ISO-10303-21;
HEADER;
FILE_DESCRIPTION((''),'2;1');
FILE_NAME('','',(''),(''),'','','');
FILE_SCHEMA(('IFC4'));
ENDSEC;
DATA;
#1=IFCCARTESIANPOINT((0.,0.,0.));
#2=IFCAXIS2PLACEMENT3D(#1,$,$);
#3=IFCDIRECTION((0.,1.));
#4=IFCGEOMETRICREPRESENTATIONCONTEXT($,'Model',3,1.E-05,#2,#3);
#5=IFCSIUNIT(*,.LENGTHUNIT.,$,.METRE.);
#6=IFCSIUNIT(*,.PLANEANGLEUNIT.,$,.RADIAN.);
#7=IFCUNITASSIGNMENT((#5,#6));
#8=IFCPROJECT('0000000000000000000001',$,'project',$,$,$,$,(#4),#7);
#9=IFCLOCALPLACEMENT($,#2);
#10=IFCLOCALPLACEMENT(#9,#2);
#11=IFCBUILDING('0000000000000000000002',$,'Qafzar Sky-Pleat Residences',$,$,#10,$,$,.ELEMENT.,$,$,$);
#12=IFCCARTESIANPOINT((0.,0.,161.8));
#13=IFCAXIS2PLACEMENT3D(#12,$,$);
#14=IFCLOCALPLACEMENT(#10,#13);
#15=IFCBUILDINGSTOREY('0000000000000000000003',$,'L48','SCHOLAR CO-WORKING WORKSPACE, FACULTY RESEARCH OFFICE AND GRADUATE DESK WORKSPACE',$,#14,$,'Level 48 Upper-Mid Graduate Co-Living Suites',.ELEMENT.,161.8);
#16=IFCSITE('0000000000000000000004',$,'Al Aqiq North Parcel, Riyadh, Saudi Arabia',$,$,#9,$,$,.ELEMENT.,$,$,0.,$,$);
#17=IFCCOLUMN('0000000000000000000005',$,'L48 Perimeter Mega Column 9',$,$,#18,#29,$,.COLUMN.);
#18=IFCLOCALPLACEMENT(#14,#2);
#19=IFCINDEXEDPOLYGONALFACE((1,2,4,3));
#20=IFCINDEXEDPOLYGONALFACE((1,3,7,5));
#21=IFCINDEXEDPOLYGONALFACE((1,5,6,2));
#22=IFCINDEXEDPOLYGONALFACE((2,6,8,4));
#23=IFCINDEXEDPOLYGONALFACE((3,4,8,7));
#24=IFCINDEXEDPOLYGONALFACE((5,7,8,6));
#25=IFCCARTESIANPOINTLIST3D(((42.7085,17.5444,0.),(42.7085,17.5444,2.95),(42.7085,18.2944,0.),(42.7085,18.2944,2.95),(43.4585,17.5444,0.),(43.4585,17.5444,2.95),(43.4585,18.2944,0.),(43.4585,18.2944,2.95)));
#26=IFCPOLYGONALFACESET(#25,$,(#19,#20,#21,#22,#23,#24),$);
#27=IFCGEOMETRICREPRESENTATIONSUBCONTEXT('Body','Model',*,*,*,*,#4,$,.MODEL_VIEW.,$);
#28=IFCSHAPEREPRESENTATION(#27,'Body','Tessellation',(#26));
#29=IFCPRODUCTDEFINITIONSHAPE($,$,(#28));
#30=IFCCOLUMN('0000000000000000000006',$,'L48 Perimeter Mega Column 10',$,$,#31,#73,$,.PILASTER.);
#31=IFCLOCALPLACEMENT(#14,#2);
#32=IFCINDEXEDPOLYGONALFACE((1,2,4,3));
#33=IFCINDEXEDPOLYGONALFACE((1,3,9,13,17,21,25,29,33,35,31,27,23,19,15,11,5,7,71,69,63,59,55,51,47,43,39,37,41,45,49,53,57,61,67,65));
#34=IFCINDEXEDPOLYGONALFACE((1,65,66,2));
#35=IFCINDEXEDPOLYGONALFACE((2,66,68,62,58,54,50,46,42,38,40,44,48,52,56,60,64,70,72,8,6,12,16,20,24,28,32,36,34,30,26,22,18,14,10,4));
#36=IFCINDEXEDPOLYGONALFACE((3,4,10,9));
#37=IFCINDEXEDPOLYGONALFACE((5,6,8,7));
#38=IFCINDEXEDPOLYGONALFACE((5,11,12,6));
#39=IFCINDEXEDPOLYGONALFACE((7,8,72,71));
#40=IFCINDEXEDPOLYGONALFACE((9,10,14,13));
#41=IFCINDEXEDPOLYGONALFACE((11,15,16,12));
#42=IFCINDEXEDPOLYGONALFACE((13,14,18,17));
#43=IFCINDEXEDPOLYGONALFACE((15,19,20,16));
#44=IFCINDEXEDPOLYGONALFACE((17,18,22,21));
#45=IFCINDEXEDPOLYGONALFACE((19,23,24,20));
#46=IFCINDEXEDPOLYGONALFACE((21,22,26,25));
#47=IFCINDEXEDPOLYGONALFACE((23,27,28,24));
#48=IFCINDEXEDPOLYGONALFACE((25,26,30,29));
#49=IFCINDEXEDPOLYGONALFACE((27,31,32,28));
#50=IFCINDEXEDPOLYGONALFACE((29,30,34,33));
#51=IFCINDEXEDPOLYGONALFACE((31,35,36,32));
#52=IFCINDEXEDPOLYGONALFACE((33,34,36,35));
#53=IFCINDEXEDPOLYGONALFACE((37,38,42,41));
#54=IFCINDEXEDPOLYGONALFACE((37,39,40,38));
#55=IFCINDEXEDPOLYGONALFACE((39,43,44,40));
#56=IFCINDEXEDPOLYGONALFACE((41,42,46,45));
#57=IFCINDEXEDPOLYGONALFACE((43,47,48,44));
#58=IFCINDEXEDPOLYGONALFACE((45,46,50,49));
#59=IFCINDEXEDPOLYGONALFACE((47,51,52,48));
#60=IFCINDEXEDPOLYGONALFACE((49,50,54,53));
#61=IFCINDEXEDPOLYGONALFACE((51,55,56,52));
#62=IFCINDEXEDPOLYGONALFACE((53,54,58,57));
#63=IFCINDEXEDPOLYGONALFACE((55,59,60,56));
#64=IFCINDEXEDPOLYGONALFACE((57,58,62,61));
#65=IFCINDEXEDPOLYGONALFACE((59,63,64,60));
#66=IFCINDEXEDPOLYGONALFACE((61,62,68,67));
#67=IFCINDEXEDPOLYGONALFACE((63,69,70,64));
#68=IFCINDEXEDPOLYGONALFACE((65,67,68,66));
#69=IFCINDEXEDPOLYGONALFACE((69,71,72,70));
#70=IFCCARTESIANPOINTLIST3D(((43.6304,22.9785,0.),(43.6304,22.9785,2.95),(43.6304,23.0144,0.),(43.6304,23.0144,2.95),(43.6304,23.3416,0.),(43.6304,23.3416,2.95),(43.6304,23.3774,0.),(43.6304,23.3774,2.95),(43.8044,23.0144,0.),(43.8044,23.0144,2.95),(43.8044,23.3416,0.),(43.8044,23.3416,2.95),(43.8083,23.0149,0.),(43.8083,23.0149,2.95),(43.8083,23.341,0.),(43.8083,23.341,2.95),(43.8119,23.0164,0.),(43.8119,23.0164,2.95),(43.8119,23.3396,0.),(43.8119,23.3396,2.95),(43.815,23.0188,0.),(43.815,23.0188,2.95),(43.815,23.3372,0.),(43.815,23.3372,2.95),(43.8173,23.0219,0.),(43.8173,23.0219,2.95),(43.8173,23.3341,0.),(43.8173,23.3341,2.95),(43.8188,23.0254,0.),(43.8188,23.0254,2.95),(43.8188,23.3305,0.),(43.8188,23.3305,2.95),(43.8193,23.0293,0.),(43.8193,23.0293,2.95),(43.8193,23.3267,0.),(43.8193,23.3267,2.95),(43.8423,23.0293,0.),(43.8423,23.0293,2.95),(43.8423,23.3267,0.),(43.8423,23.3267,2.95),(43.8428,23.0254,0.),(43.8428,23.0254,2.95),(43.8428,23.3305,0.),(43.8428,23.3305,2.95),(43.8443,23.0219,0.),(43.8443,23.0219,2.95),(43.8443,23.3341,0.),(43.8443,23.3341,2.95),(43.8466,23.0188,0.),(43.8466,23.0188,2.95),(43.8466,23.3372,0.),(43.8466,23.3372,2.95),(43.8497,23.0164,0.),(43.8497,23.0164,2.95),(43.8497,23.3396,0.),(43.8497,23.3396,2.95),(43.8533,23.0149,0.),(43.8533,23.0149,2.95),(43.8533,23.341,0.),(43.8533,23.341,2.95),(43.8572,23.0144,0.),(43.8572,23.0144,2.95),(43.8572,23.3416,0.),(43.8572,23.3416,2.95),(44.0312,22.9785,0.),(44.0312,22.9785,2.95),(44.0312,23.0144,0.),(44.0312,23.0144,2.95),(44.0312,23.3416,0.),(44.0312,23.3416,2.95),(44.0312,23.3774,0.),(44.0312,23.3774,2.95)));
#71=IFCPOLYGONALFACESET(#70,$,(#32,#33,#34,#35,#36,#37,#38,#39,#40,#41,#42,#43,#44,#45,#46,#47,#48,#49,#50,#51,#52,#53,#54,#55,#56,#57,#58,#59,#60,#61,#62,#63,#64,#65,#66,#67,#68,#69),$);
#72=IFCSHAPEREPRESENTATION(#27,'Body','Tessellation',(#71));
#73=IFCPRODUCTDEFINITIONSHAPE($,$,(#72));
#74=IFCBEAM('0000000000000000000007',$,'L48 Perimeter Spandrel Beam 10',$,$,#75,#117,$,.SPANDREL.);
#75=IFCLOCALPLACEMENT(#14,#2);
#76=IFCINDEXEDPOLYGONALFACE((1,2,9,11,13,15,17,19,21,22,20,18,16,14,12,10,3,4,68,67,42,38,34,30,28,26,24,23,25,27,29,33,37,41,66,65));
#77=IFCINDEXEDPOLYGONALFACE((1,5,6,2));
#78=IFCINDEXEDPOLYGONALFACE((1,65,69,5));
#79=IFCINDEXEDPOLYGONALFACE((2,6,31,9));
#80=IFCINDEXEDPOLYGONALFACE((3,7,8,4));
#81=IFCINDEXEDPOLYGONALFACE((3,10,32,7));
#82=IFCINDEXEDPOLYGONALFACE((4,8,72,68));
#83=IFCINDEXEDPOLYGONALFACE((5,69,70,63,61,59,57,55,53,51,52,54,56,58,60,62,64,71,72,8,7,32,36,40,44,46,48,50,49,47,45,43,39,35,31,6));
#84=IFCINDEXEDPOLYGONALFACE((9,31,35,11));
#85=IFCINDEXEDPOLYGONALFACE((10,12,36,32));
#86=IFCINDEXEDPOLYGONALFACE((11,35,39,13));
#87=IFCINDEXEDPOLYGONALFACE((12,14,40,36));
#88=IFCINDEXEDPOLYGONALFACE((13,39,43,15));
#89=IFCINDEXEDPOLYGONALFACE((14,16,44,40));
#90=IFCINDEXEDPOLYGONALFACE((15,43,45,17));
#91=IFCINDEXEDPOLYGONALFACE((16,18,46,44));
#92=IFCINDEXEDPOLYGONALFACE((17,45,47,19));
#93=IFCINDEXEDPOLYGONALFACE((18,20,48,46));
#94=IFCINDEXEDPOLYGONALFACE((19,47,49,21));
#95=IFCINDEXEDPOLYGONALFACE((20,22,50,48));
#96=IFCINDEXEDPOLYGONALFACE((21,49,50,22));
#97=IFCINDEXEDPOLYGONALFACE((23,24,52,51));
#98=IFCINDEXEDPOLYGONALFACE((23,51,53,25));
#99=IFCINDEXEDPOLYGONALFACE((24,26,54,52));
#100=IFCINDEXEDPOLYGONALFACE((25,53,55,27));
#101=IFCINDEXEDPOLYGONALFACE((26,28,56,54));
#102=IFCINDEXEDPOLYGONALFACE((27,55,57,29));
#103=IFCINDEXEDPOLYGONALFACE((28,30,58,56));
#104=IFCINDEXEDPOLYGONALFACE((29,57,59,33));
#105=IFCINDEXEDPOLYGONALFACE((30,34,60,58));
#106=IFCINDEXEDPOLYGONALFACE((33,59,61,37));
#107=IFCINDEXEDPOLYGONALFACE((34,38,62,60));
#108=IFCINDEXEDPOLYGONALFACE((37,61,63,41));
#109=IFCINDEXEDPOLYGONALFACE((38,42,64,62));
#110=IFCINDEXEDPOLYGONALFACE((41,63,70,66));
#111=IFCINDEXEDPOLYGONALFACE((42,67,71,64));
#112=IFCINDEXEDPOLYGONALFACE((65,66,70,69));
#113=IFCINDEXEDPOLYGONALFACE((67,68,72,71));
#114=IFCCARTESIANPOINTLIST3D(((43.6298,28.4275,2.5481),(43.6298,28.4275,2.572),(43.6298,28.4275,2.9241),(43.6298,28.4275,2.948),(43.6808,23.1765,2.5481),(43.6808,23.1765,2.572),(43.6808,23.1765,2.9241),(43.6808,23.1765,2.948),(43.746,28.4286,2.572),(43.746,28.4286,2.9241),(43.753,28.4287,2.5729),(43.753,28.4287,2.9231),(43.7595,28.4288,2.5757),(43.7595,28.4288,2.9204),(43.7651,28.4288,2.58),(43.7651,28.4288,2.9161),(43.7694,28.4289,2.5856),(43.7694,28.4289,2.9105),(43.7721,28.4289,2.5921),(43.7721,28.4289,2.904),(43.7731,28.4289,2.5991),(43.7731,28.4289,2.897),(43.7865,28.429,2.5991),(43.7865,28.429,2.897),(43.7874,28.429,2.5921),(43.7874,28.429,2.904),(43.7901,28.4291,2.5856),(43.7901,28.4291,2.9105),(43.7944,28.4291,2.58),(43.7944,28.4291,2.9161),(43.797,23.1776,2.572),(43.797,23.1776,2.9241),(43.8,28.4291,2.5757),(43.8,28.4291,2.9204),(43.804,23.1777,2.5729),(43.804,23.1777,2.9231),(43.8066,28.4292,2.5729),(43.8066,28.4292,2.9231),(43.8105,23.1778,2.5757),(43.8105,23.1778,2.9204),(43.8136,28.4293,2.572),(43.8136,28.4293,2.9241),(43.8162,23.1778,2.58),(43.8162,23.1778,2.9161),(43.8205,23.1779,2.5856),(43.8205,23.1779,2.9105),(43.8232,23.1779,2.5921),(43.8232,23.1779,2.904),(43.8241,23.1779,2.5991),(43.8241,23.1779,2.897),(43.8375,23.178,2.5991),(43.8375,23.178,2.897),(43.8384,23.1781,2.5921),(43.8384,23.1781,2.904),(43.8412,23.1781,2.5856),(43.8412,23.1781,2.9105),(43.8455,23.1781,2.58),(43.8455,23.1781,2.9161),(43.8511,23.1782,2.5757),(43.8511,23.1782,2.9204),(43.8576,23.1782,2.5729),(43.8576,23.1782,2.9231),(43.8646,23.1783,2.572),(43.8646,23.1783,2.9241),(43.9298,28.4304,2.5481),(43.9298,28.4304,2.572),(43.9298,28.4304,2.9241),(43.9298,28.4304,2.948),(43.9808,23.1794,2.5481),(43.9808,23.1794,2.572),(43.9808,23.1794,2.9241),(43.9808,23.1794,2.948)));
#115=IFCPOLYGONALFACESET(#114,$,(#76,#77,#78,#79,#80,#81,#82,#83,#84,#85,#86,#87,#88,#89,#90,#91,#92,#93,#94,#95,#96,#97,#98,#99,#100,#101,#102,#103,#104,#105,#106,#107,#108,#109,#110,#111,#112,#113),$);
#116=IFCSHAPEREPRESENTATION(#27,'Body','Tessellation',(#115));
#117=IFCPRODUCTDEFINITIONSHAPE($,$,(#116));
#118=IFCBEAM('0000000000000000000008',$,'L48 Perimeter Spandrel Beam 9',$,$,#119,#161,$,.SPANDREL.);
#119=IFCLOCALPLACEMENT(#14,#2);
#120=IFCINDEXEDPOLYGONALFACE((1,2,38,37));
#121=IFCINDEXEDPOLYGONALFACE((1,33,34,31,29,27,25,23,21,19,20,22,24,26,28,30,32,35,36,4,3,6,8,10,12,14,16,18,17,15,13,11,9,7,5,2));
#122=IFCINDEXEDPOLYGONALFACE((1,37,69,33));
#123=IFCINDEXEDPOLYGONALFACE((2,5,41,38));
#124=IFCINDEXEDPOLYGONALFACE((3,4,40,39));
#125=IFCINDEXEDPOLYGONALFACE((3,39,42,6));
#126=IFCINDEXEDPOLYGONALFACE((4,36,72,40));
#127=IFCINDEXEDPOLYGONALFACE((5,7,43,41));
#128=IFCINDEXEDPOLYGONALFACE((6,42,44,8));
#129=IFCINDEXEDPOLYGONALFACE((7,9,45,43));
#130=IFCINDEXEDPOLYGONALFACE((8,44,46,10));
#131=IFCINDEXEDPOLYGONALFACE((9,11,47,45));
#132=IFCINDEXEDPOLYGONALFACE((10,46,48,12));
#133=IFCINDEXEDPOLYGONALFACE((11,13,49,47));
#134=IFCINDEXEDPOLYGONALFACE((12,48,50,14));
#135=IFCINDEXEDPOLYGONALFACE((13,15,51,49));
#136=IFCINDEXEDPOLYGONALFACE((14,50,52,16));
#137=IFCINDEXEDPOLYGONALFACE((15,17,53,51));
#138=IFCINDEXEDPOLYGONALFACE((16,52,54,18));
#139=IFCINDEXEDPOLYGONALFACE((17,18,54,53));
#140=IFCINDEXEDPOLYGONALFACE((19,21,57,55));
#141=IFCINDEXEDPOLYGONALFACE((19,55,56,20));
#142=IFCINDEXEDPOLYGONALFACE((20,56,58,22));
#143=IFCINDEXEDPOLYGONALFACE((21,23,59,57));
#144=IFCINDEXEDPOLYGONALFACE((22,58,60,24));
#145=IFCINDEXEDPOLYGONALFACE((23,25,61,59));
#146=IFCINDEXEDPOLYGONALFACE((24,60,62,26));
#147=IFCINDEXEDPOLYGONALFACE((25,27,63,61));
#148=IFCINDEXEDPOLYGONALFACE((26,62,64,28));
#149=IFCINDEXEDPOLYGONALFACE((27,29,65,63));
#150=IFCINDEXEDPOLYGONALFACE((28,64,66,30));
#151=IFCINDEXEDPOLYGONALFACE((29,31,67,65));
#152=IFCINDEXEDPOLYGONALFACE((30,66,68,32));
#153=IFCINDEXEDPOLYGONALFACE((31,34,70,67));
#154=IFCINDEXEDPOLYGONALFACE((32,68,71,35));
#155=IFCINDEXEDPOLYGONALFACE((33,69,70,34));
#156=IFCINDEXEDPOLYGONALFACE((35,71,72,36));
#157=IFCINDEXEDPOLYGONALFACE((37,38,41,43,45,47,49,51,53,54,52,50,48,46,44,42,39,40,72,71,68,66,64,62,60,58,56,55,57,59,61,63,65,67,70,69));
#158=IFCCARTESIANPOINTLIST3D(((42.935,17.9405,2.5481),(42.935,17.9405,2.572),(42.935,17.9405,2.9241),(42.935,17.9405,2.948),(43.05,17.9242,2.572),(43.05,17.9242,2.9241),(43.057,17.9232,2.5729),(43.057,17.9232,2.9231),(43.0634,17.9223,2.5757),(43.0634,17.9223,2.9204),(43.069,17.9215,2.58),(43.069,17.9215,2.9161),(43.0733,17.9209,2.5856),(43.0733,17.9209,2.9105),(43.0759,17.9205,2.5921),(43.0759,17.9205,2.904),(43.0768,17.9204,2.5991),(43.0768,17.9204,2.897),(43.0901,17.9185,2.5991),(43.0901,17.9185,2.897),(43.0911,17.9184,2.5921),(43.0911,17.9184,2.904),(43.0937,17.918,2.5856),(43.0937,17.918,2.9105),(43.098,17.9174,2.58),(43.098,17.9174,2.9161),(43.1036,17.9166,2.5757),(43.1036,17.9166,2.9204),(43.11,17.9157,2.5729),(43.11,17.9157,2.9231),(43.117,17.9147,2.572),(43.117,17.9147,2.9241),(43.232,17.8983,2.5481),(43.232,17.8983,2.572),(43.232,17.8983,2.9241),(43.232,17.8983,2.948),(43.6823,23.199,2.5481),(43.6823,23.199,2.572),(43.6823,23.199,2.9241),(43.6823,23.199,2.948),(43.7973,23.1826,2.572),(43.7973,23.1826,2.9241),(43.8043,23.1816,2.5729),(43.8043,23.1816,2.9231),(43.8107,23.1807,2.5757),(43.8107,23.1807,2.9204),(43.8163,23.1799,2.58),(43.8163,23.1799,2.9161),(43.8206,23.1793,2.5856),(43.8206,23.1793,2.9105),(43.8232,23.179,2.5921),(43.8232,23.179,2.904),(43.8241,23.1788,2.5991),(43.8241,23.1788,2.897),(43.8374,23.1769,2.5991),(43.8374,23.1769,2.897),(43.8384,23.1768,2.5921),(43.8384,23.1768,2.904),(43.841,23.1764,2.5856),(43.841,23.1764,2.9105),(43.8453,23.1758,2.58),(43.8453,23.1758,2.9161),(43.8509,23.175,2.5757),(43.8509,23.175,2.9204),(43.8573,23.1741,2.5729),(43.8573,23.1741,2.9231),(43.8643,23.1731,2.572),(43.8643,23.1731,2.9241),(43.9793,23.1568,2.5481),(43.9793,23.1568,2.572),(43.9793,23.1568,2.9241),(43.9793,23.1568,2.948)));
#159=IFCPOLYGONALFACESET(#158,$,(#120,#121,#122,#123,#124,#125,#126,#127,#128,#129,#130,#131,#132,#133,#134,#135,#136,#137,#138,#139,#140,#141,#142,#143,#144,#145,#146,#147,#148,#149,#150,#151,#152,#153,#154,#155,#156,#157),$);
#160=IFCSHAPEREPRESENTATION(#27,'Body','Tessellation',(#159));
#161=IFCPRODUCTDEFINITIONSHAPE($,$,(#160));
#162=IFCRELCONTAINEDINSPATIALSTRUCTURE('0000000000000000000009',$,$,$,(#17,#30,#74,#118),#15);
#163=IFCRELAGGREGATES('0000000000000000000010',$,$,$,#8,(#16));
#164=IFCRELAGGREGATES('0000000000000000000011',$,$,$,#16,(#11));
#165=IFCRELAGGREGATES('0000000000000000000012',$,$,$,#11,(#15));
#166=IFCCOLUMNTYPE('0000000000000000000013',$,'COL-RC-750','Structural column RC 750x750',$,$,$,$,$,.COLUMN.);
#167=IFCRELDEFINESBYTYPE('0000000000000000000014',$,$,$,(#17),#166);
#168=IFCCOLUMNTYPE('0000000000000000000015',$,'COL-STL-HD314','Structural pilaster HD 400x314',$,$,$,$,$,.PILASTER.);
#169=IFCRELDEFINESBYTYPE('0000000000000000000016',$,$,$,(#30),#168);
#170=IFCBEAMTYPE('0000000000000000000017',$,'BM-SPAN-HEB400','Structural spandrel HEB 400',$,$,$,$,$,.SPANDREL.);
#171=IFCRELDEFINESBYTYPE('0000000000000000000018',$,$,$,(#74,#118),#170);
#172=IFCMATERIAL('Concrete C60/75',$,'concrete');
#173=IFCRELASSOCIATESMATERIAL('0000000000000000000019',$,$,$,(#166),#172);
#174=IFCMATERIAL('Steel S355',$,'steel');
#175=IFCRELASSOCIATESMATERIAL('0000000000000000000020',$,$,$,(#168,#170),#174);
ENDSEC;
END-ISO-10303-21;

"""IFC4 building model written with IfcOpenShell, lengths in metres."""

from ifc_helpers import new_model, si_unit, direction, frame, origin, origin_2d, place, context, subcontext, project, spatial, rectangle, i_section, extrude, source, transform, mapped, material, material_profile, profile_set, type_object, element, save


model = new_model("IFC4")

# Units and contexts
model_context = context("Model", 3, precision=1e-05, world=origin(), true_north=direction((0.0, 1.0)))
body_context = subcontext(model_context, "Body", "Model", "MODEL_VIEW")
ifc_project = project(units=[si_unit("LENGTHUNIT", "METRE"), si_unit("PLANEANGLEUNIT", "RADIAN")], contexts=[model_context])

# Site, building, storey
site_placement = place(None, origin())
site = spatial("IfcSite", under=ifc_project, at=site_placement, Name="Al Aqiq North Parcel, Riyadh, Saudi Arabia", CompositionType="ELEMENT", RefElevation=0.0)
building_placement = place(site_placement, origin())
building = spatial("IfcBuilding", under=site, at=building_placement, Name="Qafzar Sky-Pleat Residences", CompositionType="ELEMENT")
storey_placement = place(building_placement, frame((0.0, 0.0, 161.8)))
storey = spatial("IfcBuildingStorey", under=building, at=storey_placement, Name="L48", Description="SCHOLAR CO-WORKING WORKSPACE, FACULTY RESEARCH OFFICE AND GRADUATE DESK WORKSPACE", LongName="Level 48 Upper-Mid Graduate Co-Living Suites", CompositionType="ELEMENT", Elevation=161.8)

# Columns
ifc_material_1 = material(Name="Concrete C60/75", Category="concrete")
ifc_material_profile_1 = material_profile(ifc_material_1, rectangle(XDim=0.75, YDim=0.75, at=origin_2d()), Name="RC 750x750")
ifc_profile_set_1 = profile_set([ifc_material_profile_1], Name="Concrete C60/75")
column_type_1 = type_object("IfcColumnType", Name="COL-RC-750", Description="Structural column RC 750x750", PredefinedType="COLUMN", material=ifc_profile_set_1)
shared_shape_1 = source(origin(), body_context, "Body", "SweptSolid", [
    extrude(rectangle(XDim=0.75, YDim=0.75, at=origin_2d()), origin(), (0.0, 0.0, 1.0), 2.95),
])
column_1_placement = place(storey_placement, frame((43.0835, 17.9194, 0.0), z_axis=(0.0, 0.0, 1.0), x_axis=(1.0, 0.0, 0.0)))
element("IfcColumn", 1, at=column_1_placement, inside=storey, type_object=column_type_1, Name="L48 Perimeter Mega Column 9", PredefinedType="COLUMN", context=body_context, shape_type="MappedRepresentation", body=[
    mapped(shared_shape_1, transform((0.0, 0.0, 0.0), x_axis=(1.0, 0.0, 0.0), y_axis=(0.0, 1.0, 0.0), z_axis=(0.0, 0.0, 1.0), scale=1.0)),
])
ifc_material_2 = material(Name="Steel S355", Category="steel")
ifc_material_profile_2 = material_profile(ifc_material_2, i_section(OverallWidth=0.4009, OverallDepth=0.3989, WebThickness=0.0229, FlangeThickness=0.0359, FilletRadius=0.0149, at=origin_2d()), Name="HD 400x314")
ifc_profile_set_2 = profile_set([ifc_material_profile_2], Name="Steel S355")
column_type_2 = type_object("IfcColumnType", Name="COL-STL-HD314", Description="Structural pilaster HD 400x314", PredefinedType="PILASTER", material=ifc_profile_set_2)
shared_shape_2 = source(origin(), body_context, "Body", "SweptSolid", [
    extrude(i_section(OverallWidth=0.4009, OverallDepth=0.3989, WebThickness=0.0229, FlangeThickness=0.0359, FilletRadius=0.0149, at=origin_2d()), origin(), (0.0, 0.0, 1.0), 2.95),
])
column_2_placement = place(storey_placement, frame((43.8308, 23.178, 0.0), z_axis=(0.0, 0.0, 1.0), x_axis=(1.0, 0.0, 0.0)))
element("IfcColumn", 2, at=column_2_placement, inside=storey, type_object=column_type_2, Name="L48 Perimeter Mega Column 10", PredefinedType="PILASTER", context=body_context, shape_type="MappedRepresentation", body=[
    mapped(shared_shape_2, transform((0.0, 0.0, 0.0), x_axis=(1.0, 0.0, 0.0), y_axis=(0.0, 1.0, 0.0), z_axis=(0.0, 0.0, 1.0), scale=1.0)),
])

# Beams
ifc_material_profile_3 = material_profile(ifc_material_2, i_section(OverallWidth=0.3, OverallDepth=0.3999, WebThickness=0.0134, FlangeThickness=0.0239, FilletRadius=0.0271, at=origin_2d()), Name="HEB 400")
ifc_profile_set_3 = profile_set([ifc_material_profile_3], Name="Steel S355")
beam_type_1 = type_object("IfcBeamType", Name="BM-SPAN-HEB400", Description="Structural spandrel HEB 400", PredefinedType="SPANDREL", material=ifc_profile_set_3)
shared_shape_3 = source(origin(), body_context, "Body", "SweptSolid", [
    extrude(i_section(OverallWidth=0.3, OverallDepth=0.3999, WebThickness=0.0134, FlangeThickness=0.0239, FilletRadius=0.0271, at=origin_2d()), origin(), (0.0, 0.0, 1.0), 5.2512),
])
beam_1_placement = place(storey_placement, frame((43.8308, 23.178, 2.748), z_axis=(-0.009717, 0.999953, 0.0), x_axis=(-0.999953, -0.009717, 0.0)))
element("IfcBeam", 3, at=beam_1_placement, inside=storey, type_object=beam_type_1, Name="L48 Perimeter Spandrel Beam 10", PredefinedType="SPANDREL", context=body_context, shape_type="MappedRepresentation", body=[
    mapped(shared_shape_3, transform((0.0, 0.0, 0.0), x_axis=(1.0, 0.0, 0.0), y_axis=(0.0, 1.0, 0.0), z_axis=(0.0, 0.0, 1.0), scale=1.0)),
])
shared_shape_4 = source(origin(), body_context, "Body", "SweptSolid", [
    extrude(i_section(OverallWidth=0.3, OverallDepth=0.3999, WebThickness=0.0134, FlangeThickness=0.0239, FilletRadius=0.0271, at=origin_2d()), origin(), (0.0, 0.0, 1.0), 5.3113),
])
beam_2_placement = place(storey_placement, frame((43.0835, 17.9194, 2.748), z_axis=(0.140701, 0.990052, 0.0), x_axis=(-0.990052, 0.140701, 0.0)))
element("IfcBeam", 4, at=beam_2_placement, inside=storey, type_object=beam_type_1, Name="L48 Perimeter Spandrel Beam 9", PredefinedType="SPANDREL", context=body_context, shape_type="MappedRepresentation", body=[
    mapped(shared_shape_4, transform((0.0, 0.0, 0.0), x_axis=(1.0, 0.0, 0.0), y_axis=(0.0, 1.0, 0.0), z_axis=(0.0, 0.0, 1.0), scale=1.0)),
])

save(model, "model.ifc")
